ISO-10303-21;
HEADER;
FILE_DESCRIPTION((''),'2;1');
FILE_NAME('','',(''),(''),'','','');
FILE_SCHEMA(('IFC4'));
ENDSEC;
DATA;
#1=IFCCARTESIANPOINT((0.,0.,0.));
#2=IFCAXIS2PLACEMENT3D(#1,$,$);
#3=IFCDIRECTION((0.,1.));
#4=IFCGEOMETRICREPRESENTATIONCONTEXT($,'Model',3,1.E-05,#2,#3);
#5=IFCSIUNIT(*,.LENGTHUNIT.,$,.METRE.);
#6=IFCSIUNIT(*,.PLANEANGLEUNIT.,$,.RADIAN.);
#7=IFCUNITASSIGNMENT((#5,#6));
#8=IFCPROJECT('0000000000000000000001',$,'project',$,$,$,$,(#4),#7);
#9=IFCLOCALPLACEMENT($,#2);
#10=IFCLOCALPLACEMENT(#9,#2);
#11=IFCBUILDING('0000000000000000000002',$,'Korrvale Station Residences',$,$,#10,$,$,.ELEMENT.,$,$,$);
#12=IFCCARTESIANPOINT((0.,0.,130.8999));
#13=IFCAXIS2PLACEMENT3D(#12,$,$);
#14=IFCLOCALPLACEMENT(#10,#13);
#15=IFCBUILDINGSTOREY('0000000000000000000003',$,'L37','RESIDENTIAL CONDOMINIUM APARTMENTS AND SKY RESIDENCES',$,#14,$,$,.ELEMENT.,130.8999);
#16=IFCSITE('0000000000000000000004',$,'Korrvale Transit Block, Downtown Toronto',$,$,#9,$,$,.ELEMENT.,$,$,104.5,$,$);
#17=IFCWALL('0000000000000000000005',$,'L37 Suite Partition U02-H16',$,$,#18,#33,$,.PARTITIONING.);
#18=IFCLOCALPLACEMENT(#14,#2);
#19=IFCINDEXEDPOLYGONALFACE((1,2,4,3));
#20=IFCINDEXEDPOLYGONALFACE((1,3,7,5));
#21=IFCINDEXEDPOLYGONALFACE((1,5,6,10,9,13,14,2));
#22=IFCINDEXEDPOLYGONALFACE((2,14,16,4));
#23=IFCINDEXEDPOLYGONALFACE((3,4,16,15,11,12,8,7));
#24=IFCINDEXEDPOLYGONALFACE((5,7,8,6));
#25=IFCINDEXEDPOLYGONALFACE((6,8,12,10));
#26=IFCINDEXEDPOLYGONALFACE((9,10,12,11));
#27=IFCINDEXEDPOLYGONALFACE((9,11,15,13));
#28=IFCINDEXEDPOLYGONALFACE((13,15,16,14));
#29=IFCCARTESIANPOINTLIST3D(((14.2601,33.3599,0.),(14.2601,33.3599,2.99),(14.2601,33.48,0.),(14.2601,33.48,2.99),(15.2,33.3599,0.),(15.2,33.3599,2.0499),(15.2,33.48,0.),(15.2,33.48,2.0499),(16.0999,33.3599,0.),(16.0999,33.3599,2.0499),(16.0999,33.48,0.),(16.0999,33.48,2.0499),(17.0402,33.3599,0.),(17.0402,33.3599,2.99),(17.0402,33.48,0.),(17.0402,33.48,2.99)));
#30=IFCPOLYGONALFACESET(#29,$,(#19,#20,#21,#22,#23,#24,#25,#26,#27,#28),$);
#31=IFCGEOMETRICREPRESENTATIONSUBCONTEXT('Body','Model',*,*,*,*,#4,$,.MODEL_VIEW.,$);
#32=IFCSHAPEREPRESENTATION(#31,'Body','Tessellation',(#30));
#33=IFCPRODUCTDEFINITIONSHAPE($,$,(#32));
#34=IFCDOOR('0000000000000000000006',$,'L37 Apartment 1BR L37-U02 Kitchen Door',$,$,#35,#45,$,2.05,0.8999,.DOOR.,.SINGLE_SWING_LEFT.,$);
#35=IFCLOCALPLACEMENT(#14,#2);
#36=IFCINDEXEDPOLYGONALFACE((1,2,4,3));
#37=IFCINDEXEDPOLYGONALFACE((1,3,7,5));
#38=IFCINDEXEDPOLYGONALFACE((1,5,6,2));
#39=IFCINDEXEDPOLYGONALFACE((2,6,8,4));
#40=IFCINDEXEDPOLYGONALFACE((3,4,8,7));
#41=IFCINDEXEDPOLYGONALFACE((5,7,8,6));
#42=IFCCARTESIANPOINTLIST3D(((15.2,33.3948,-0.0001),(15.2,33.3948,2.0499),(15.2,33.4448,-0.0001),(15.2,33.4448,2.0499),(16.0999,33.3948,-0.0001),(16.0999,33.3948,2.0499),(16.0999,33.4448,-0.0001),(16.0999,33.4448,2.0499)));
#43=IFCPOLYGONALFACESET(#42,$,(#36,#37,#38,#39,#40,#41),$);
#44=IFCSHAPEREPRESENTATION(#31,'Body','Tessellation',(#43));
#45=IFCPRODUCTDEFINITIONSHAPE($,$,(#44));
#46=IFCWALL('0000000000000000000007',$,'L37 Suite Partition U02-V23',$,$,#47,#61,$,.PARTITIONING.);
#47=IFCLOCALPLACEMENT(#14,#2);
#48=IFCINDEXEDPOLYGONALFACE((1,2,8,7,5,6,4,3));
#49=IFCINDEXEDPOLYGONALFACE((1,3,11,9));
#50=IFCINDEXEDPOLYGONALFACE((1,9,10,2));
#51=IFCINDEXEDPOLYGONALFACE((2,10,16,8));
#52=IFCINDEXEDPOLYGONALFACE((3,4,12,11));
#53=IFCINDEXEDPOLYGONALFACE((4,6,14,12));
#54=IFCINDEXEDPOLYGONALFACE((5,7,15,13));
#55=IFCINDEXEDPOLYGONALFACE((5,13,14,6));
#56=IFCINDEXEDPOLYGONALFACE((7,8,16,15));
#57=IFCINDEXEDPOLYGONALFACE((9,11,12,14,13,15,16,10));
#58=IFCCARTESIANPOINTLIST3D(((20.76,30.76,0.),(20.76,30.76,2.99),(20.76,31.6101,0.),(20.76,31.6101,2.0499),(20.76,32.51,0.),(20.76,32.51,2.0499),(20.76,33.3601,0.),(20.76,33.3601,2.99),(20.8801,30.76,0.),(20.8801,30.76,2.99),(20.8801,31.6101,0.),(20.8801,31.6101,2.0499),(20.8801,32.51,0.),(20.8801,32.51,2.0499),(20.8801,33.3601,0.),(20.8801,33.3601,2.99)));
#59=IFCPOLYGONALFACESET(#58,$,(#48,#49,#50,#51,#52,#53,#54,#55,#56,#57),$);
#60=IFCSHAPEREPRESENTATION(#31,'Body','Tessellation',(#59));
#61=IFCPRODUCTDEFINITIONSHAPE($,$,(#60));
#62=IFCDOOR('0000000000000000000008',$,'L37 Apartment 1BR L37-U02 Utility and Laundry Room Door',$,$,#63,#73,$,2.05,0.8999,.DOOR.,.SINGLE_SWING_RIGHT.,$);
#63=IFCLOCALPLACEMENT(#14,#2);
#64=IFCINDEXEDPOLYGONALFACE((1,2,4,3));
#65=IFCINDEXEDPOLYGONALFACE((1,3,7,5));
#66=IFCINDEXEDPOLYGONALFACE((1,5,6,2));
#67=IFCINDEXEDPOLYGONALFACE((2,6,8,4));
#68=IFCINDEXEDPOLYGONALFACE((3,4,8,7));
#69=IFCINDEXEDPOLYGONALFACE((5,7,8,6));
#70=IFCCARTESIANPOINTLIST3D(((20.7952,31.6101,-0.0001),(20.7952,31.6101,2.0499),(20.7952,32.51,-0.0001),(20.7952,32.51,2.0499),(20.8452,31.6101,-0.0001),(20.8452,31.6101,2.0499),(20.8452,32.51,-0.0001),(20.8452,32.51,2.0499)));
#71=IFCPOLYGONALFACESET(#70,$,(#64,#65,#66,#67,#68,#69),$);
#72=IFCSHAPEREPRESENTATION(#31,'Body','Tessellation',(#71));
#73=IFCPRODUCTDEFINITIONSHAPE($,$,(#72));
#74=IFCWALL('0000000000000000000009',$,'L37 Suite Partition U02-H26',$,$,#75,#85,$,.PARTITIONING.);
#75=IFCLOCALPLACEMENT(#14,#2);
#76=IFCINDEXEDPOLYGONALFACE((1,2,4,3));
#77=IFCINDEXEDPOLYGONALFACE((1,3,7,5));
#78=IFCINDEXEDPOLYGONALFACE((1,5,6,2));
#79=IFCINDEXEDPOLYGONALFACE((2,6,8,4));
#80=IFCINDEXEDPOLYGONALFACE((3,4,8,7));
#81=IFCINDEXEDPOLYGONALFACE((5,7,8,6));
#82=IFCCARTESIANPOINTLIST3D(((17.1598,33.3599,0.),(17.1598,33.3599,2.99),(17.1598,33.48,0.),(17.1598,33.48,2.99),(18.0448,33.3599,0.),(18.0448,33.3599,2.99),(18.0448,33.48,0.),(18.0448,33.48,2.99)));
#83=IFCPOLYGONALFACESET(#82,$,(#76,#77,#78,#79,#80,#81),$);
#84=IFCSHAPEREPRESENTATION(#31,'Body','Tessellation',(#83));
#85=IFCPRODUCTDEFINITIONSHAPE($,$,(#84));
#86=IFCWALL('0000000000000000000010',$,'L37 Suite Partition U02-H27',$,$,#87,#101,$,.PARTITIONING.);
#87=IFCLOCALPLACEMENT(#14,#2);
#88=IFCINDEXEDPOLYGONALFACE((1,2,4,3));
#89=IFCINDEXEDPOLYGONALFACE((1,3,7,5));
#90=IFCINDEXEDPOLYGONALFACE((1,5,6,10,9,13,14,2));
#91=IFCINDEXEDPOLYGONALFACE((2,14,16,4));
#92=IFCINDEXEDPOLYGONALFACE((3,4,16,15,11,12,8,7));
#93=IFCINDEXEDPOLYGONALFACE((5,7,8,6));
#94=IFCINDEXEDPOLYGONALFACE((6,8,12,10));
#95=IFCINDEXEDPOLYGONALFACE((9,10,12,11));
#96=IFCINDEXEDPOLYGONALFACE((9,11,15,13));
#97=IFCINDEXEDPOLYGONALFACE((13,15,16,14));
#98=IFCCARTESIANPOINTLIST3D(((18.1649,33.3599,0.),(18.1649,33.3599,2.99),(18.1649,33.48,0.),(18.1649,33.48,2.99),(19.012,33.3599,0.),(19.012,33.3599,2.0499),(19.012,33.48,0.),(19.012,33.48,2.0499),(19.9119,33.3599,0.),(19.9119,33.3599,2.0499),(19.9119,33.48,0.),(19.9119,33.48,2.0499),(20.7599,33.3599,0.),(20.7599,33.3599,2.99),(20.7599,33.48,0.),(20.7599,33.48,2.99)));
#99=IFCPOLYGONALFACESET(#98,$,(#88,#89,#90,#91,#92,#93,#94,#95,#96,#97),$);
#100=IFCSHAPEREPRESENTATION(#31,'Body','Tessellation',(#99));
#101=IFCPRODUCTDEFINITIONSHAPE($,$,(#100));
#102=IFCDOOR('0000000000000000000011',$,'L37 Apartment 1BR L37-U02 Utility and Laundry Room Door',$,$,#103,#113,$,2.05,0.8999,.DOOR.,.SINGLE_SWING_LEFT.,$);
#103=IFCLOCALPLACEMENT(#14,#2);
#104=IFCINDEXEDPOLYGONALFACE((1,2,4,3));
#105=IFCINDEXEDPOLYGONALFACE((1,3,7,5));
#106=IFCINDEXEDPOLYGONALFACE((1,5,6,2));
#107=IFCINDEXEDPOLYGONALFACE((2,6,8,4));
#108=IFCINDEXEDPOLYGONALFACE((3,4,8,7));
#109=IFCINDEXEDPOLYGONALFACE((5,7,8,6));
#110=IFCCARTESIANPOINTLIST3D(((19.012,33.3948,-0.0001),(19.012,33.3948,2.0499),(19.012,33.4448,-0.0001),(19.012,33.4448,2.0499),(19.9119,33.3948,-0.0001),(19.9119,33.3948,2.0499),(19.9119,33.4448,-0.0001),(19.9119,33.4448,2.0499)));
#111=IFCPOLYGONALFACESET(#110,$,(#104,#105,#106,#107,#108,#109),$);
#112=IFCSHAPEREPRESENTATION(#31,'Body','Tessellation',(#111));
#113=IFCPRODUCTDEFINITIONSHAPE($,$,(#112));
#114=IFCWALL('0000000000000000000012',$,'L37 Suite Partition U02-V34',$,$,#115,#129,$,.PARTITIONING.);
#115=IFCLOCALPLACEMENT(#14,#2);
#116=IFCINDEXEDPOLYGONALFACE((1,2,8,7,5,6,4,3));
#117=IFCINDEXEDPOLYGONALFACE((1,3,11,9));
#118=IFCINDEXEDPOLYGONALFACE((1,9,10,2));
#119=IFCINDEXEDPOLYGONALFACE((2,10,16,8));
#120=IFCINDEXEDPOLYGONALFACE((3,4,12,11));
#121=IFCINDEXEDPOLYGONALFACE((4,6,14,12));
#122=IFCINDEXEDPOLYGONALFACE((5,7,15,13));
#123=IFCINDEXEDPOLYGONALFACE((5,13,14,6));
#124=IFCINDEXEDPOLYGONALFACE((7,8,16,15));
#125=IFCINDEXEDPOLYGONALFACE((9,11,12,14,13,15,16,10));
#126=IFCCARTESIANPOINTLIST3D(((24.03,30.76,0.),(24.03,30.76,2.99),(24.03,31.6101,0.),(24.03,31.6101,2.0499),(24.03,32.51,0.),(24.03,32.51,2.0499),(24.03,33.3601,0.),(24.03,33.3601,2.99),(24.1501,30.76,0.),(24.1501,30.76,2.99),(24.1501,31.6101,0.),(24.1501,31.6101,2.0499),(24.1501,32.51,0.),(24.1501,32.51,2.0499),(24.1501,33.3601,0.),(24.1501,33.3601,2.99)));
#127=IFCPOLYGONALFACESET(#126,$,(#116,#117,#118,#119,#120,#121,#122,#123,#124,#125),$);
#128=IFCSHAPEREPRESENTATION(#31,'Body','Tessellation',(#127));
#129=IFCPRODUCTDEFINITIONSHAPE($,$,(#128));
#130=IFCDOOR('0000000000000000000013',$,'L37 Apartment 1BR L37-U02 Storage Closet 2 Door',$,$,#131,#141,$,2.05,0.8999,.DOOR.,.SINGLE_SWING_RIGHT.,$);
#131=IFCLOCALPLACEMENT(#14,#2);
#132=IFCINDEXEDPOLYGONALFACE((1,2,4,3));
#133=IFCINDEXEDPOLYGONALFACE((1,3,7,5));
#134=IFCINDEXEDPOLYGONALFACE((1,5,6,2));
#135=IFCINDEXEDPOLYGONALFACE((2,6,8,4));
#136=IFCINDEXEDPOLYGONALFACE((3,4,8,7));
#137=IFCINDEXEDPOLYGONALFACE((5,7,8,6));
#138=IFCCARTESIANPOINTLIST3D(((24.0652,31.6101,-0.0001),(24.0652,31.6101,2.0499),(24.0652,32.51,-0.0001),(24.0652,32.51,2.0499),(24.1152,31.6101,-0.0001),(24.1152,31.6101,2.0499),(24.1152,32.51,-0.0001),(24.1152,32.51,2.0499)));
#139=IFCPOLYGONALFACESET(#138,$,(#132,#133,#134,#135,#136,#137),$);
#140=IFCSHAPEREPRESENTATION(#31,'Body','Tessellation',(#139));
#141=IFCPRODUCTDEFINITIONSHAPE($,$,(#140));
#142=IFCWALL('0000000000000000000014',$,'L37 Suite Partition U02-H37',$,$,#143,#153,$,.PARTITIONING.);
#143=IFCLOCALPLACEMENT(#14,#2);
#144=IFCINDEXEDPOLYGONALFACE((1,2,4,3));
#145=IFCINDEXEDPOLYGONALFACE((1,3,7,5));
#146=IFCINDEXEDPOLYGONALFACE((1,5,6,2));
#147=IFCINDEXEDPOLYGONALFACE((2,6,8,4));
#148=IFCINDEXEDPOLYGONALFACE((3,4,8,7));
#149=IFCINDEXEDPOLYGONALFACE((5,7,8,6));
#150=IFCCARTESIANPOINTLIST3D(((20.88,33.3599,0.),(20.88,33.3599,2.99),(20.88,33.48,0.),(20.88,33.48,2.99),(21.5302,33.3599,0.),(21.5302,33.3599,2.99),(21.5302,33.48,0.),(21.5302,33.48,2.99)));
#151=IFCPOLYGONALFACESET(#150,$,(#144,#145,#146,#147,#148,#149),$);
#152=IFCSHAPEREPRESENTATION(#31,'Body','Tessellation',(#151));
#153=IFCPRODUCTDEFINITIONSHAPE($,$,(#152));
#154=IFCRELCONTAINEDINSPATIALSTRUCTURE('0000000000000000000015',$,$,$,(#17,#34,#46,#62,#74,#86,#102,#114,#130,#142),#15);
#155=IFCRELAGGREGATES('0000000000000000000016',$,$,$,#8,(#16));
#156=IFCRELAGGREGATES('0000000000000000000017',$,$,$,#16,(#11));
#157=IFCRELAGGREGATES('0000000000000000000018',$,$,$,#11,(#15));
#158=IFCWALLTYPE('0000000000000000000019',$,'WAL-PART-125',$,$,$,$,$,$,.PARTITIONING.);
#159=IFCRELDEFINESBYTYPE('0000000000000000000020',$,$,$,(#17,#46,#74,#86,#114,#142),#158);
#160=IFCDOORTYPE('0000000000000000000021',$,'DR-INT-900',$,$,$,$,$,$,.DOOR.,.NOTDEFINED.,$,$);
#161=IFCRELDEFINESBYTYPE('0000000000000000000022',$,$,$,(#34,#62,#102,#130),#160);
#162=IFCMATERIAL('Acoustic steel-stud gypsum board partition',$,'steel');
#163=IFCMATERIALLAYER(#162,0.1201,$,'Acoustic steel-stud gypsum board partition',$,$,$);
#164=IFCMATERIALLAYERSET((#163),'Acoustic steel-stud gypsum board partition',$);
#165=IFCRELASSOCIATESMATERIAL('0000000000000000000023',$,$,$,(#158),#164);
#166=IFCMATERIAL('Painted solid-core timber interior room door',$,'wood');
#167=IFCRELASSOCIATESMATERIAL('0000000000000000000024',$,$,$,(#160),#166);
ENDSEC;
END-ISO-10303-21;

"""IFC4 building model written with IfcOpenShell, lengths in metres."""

from ifc_helpers import new_model, si_unit, direction, frame, frame_2d, origin, place, context, subcontext, project, spatial, rectangle, extrude, material, layer, layer_set, type_object, element, fill, save


model = new_model("IFC4")

# Units and contexts
model_context = context("Model", 3, precision=1e-05, world=origin(), true_north=direction((0.0, 1.0)))
body_context = subcontext(model_context, "Body", "Model", "MODEL_VIEW")
ifc_project = project(units=[si_unit("LENGTHUNIT", "METRE"), si_unit("PLANEANGLEUNIT", "RADIAN")], contexts=[model_context])

# Site, building, storey
site_placement = place(None, origin())
site = spatial("IfcSite", under=ifc_project, at=site_placement, Name="Korrvale Transit Block, Downtown Toronto", CompositionType="ELEMENT", RefElevation=104.5)
building_placement = place(site_placement, origin())
building = spatial("IfcBuilding", under=site, at=building_placement, Name="Korrvale Station Residences", CompositionType="ELEMENT")
storey_placement = place(building_placement, frame((0.0, 0.0, 130.8999)))
storey = spatial("IfcBuildingStorey", under=building, at=storey_placement, Name="L37", Description="RESIDENTIAL CONDOMINIUM APARTMENTS AND SKY RESIDENCES", CompositionType="ELEMENT", Elevation=130.8999)

# Walls, openings, doors
ifc_material_1 = material(Name="Acoustic steel-stud gypsum board partition", Category="steel")
ifc_layer_1 = layer(ifc_material_1, 0.1201, Name="Acoustic steel-stud gypsum board partition")
ifc_layer_set_1 = layer_set([ifc_layer_1], Name="Acoustic steel-stud gypsum board partition")
wall_type = type_object("IfcWallType", Name="WAL-PART-125", PredefinedType="PARTITIONING", material=ifc_layer_set_1)
ifc_material_2 = material(Name="Painted solid-core timber interior room door", Category="wood")
door_type = type_object("IfcDoorType", Name="DR-INT-900", OperationType="NOTDEFINED", PredefinedType="DOOR", material=ifc_material_2)
wall_1_placement = place(storey_placement, frame((14.26, 33.4199, 0.0), z_axis=(0.0, 0.0, 1.0), x_axis=(1.0, 0.0, 0.0)))
wall_1 = element("IfcWall", 1, at=wall_1_placement, inside=storey, type_object=wall_type, Name="L37 Suite Partition U02-H16", PredefinedType="PARTITIONING", context=body_context, shape_type="SweptSolid", body=[
    extrude(rectangle(XDim=2.78, YDim=0.1201, at=frame_2d((1.3901, 0.0))), origin(), (0.0, 0.0, 1.0), 2.99),
])
opening_1_placement = place(wall_1_placement, frame((0.9399, 0.0, 0.0)))
opening_1 = element("IfcOpeningElement", 2, at=opening_1_placement, cuts=wall_1, PredefinedType="OPENING", context=body_context, shape_type="SweptSolid", body=[
    extrude(rectangle(XDim=0.8999, YDim=2.05, at=frame_2d((0.45, 1.0249))), frame((0.0, 0.0701, 0.0), z_axis=(0.0, -1.0, 0.0), x_axis=(1.0, 0.0, 0.0)), (0.0, 0.0, 1.0), 0.1401),
])
door_1_placement = place(opening_1_placement, origin())
door_1 = element("IfcDoor", 3, at=door_1_placement, inside=storey, type_object=door_type, Name="L37 Apartment 1BR L37-U02 Kitchen Door", OperationType="SINGLE_SWING_LEFT", OverallHeight=2.05, OverallWidth=0.8999, PredefinedType="DOOR", context=body_context, shape_type="SweptSolid", body=[
    extrude(rectangle(XDim=0.8999, YDim=2.05, at=frame_2d((0.45, 1.0249))), frame((0.0, 0.0249, 0.0), z_axis=(0.0, -1.0, 0.0), x_axis=(1.0, 0.0, 0.0)), (0.0, 0.0, 1.0), 0.05),
])
fill(opening_1, door_1)
wall_2_placement = place(storey_placement, frame((20.8201, 30.76, 0.0), z_axis=(0.0, 0.0, 1.0), x_axis=(0.0, 1.0, 0.0)))
wall_2 = element("IfcWall", 4, at=wall_2_placement, inside=storey, type_object=wall_type, Name="L37 Suite Partition U02-V23", PredefinedType="PARTITIONING", context=body_context, shape_type="SweptSolid", body=[
    extrude(rectangle(XDim=2.6001, YDim=0.1201, at=frame_2d((1.3, 0.0))), origin(), (0.0, 0.0, 1.0), 2.99),
])
opening_2_placement = place(wall_2_placement, frame((0.8501, 0.0, 0.0)))
opening_2 = element("IfcOpeningElement", 5, at=opening_2_placement, cuts=wall_2, PredefinedType="OPENING", context=body_context, shape_type="SweptSolid", body=[
    extrude(rectangle(XDim=0.8999, YDim=2.05, at=frame_2d((0.45, 1.0249))), frame((0.0, 0.0701, 0.0), z_axis=(0.0, -1.0, 0.0), x_axis=(1.0, 0.0, 0.0)), (0.0, 0.0, 1.0), 0.1401),
])
door_2_placement = place(opening_2_placement, origin())
door_2 = element("IfcDoor", 6, at=door_2_placement, inside=storey, type_object=door_type, Name="L37 Apartment 1BR L37-U02 Utility and Laundry Room Door", OperationType="SINGLE_SWING_RIGHT", OverallHeight=2.05, OverallWidth=0.8999, PredefinedType="DOOR", context=body_context, shape_type="SweptSolid", body=[
    extrude(rectangle(XDim=0.8999, YDim=2.05, at=frame_2d((0.45, 1.0249))), frame((0.0, 0.0249, 0.0), z_axis=(0.0, -1.0, 0.0), x_axis=(1.0, 0.0, 0.0)), (0.0, 0.0, 1.0), 0.05),
])
fill(opening_2, door_2)

# Wall
wall_3_placement = place(storey_placement, frame((17.1599, 33.4199, 0.0), z_axis=(0.0, 0.0, 1.0), x_axis=(1.0, 0.0, 0.0)))
element("IfcWall", 7, at=wall_3_placement, inside=storey, type_object=wall_type, Name="L37 Suite Partition U02-H26", PredefinedType="PARTITIONING", context=body_context, shape_type="SweptSolid", body=[
    extrude(rectangle(XDim=0.885, YDim=0.1201, at=frame_2d((0.4424, 0.0))), origin(), (0.0, 0.0, 1.0), 2.99),
])

# Walls, openings, doors
wall_4_placement = place(storey_placement, frame((18.165, 33.4199, 0.0), z_axis=(0.0, 0.0, 1.0), x_axis=(1.0, 0.0, 0.0)))
wall_4 = element("IfcWall", 8, at=wall_4_placement, inside=storey, type_object=wall_type, Name="L37 Suite Partition U02-H27", PredefinedType="PARTITIONING", context=body_context, shape_type="SweptSolid", body=[
    extrude(rectangle(XDim=2.595, YDim=0.1201, at=frame_2d((1.2974, 0.0))), origin(), (0.0, 0.0, 1.0), 2.99),
])
opening_3_placement = place(wall_4_placement, frame((0.8469, 0.0, 0.0)))
opening_3 = element("IfcOpeningElement", 9, at=opening_3_placement, cuts=wall_4, PredefinedType="OPENING", context=body_context, shape_type="SweptSolid", body=[
    extrude(rectangle(XDim=0.8999, YDim=2.05, at=frame_2d((0.45, 1.0249))), frame((0.0, 0.0701, 0.0), z_axis=(0.0, -1.0, 0.0), x_axis=(1.0, 0.0, 0.0)), (0.0, 0.0, 1.0), 0.1401),
])
door_3_placement = place(opening_3_placement, origin())
door_3 = element("IfcDoor", 10, at=door_3_placement, inside=storey, type_object=door_type, Name="L37 Apartment 1BR L37-U02 Utility and Laundry Room Door", OperationType="SINGLE_SWING_LEFT", OverallHeight=2.05, OverallWidth=0.8999, PredefinedType="DOOR", context=body_context, shape_type="SweptSolid", body=[
    extrude(rectangle(XDim=0.8999, YDim=2.05, at=frame_2d((0.45, 1.0249))), frame((0.0, 0.0249, 0.0), z_axis=(0.0, -1.0, 0.0), x_axis=(1.0, 0.0, 0.0)), (0.0, 0.0, 1.0), 0.05),
])
fill(opening_3, door_3)
wall_5_placement = place(storey_placement, frame((24.0901, 30.76, 0.0), z_axis=(0.0, 0.0, 1.0), x_axis=(0.0, 1.0, 0.0)))
wall_5 = element("IfcWall", 11, at=wall_5_placement, inside=storey, type_object=wall_type, Name="L37 Suite Partition U02-V34", PredefinedType="PARTITIONING", context=body_context, shape_type="SweptSolid", body=[
    extrude(rectangle(XDim=2.6001, YDim=0.1201, at=frame_2d((1.3, 0.0))), origin(), (0.0, 0.0, 1.0), 2.99),
])
opening_4_placement = place(wall_5_placement, frame((0.8501, 0.0, 0.0)))
opening_4 = element("IfcOpeningElement", 12, at=opening_4_placement, cuts=wall_5, PredefinedType="OPENING", context=body_context, shape_type="SweptSolid", body=[
    extrude(rectangle(XDim=0.8999, YDim=2.05, at=frame_2d((0.45, 1.0249))), frame((0.0, 0.0701, 0.0), z_axis=(0.0, -1.0, 0.0), x_axis=(1.0, 0.0, 0.0)), (0.0, 0.0, 1.0), 0.1401),
])
door_4_placement = place(opening_4_placement, origin())
door_4 = element("IfcDoor", 13, at=door_4_placement, inside=storey, type_object=door_type, Name="L37 Apartment 1BR L37-U02 Storage Closet 2 Door", OperationType="SINGLE_SWING_RIGHT", OverallHeight=2.05, OverallWidth=0.8999, PredefinedType="DOOR", context=body_context, shape_type="SweptSolid", body=[
    extrude(rectangle(XDim=0.8999, YDim=2.05, at=frame_2d((0.45, 1.0249))), frame((0.0, 0.0249, 0.0), z_axis=(0.0, -1.0, 0.0), x_axis=(1.0, 0.0, 0.0)), (0.0, 0.0, 1.0), 0.05),
])
fill(opening_4, door_4)

# Wall
wall_6_placement = place(storey_placement, frame((20.8799, 33.4199, 0.0), z_axis=(0.0, 0.0, 1.0), x_axis=(1.0, 0.0, 0.0)))
element("IfcWall", 14, at=wall_6_placement, inside=storey, type_object=wall_type, Name="L37 Suite Partition U02-H37", PredefinedType="PARTITIONING", context=body_context, shape_type="SweptSolid", body=[
    extrude(rectangle(XDim=0.6501, YDim=0.1201, at=frame_2d((0.3252, 0.0))), origin(), (0.0, 0.0, 1.0), 2.99),
])

save(model, "model.ifc")
